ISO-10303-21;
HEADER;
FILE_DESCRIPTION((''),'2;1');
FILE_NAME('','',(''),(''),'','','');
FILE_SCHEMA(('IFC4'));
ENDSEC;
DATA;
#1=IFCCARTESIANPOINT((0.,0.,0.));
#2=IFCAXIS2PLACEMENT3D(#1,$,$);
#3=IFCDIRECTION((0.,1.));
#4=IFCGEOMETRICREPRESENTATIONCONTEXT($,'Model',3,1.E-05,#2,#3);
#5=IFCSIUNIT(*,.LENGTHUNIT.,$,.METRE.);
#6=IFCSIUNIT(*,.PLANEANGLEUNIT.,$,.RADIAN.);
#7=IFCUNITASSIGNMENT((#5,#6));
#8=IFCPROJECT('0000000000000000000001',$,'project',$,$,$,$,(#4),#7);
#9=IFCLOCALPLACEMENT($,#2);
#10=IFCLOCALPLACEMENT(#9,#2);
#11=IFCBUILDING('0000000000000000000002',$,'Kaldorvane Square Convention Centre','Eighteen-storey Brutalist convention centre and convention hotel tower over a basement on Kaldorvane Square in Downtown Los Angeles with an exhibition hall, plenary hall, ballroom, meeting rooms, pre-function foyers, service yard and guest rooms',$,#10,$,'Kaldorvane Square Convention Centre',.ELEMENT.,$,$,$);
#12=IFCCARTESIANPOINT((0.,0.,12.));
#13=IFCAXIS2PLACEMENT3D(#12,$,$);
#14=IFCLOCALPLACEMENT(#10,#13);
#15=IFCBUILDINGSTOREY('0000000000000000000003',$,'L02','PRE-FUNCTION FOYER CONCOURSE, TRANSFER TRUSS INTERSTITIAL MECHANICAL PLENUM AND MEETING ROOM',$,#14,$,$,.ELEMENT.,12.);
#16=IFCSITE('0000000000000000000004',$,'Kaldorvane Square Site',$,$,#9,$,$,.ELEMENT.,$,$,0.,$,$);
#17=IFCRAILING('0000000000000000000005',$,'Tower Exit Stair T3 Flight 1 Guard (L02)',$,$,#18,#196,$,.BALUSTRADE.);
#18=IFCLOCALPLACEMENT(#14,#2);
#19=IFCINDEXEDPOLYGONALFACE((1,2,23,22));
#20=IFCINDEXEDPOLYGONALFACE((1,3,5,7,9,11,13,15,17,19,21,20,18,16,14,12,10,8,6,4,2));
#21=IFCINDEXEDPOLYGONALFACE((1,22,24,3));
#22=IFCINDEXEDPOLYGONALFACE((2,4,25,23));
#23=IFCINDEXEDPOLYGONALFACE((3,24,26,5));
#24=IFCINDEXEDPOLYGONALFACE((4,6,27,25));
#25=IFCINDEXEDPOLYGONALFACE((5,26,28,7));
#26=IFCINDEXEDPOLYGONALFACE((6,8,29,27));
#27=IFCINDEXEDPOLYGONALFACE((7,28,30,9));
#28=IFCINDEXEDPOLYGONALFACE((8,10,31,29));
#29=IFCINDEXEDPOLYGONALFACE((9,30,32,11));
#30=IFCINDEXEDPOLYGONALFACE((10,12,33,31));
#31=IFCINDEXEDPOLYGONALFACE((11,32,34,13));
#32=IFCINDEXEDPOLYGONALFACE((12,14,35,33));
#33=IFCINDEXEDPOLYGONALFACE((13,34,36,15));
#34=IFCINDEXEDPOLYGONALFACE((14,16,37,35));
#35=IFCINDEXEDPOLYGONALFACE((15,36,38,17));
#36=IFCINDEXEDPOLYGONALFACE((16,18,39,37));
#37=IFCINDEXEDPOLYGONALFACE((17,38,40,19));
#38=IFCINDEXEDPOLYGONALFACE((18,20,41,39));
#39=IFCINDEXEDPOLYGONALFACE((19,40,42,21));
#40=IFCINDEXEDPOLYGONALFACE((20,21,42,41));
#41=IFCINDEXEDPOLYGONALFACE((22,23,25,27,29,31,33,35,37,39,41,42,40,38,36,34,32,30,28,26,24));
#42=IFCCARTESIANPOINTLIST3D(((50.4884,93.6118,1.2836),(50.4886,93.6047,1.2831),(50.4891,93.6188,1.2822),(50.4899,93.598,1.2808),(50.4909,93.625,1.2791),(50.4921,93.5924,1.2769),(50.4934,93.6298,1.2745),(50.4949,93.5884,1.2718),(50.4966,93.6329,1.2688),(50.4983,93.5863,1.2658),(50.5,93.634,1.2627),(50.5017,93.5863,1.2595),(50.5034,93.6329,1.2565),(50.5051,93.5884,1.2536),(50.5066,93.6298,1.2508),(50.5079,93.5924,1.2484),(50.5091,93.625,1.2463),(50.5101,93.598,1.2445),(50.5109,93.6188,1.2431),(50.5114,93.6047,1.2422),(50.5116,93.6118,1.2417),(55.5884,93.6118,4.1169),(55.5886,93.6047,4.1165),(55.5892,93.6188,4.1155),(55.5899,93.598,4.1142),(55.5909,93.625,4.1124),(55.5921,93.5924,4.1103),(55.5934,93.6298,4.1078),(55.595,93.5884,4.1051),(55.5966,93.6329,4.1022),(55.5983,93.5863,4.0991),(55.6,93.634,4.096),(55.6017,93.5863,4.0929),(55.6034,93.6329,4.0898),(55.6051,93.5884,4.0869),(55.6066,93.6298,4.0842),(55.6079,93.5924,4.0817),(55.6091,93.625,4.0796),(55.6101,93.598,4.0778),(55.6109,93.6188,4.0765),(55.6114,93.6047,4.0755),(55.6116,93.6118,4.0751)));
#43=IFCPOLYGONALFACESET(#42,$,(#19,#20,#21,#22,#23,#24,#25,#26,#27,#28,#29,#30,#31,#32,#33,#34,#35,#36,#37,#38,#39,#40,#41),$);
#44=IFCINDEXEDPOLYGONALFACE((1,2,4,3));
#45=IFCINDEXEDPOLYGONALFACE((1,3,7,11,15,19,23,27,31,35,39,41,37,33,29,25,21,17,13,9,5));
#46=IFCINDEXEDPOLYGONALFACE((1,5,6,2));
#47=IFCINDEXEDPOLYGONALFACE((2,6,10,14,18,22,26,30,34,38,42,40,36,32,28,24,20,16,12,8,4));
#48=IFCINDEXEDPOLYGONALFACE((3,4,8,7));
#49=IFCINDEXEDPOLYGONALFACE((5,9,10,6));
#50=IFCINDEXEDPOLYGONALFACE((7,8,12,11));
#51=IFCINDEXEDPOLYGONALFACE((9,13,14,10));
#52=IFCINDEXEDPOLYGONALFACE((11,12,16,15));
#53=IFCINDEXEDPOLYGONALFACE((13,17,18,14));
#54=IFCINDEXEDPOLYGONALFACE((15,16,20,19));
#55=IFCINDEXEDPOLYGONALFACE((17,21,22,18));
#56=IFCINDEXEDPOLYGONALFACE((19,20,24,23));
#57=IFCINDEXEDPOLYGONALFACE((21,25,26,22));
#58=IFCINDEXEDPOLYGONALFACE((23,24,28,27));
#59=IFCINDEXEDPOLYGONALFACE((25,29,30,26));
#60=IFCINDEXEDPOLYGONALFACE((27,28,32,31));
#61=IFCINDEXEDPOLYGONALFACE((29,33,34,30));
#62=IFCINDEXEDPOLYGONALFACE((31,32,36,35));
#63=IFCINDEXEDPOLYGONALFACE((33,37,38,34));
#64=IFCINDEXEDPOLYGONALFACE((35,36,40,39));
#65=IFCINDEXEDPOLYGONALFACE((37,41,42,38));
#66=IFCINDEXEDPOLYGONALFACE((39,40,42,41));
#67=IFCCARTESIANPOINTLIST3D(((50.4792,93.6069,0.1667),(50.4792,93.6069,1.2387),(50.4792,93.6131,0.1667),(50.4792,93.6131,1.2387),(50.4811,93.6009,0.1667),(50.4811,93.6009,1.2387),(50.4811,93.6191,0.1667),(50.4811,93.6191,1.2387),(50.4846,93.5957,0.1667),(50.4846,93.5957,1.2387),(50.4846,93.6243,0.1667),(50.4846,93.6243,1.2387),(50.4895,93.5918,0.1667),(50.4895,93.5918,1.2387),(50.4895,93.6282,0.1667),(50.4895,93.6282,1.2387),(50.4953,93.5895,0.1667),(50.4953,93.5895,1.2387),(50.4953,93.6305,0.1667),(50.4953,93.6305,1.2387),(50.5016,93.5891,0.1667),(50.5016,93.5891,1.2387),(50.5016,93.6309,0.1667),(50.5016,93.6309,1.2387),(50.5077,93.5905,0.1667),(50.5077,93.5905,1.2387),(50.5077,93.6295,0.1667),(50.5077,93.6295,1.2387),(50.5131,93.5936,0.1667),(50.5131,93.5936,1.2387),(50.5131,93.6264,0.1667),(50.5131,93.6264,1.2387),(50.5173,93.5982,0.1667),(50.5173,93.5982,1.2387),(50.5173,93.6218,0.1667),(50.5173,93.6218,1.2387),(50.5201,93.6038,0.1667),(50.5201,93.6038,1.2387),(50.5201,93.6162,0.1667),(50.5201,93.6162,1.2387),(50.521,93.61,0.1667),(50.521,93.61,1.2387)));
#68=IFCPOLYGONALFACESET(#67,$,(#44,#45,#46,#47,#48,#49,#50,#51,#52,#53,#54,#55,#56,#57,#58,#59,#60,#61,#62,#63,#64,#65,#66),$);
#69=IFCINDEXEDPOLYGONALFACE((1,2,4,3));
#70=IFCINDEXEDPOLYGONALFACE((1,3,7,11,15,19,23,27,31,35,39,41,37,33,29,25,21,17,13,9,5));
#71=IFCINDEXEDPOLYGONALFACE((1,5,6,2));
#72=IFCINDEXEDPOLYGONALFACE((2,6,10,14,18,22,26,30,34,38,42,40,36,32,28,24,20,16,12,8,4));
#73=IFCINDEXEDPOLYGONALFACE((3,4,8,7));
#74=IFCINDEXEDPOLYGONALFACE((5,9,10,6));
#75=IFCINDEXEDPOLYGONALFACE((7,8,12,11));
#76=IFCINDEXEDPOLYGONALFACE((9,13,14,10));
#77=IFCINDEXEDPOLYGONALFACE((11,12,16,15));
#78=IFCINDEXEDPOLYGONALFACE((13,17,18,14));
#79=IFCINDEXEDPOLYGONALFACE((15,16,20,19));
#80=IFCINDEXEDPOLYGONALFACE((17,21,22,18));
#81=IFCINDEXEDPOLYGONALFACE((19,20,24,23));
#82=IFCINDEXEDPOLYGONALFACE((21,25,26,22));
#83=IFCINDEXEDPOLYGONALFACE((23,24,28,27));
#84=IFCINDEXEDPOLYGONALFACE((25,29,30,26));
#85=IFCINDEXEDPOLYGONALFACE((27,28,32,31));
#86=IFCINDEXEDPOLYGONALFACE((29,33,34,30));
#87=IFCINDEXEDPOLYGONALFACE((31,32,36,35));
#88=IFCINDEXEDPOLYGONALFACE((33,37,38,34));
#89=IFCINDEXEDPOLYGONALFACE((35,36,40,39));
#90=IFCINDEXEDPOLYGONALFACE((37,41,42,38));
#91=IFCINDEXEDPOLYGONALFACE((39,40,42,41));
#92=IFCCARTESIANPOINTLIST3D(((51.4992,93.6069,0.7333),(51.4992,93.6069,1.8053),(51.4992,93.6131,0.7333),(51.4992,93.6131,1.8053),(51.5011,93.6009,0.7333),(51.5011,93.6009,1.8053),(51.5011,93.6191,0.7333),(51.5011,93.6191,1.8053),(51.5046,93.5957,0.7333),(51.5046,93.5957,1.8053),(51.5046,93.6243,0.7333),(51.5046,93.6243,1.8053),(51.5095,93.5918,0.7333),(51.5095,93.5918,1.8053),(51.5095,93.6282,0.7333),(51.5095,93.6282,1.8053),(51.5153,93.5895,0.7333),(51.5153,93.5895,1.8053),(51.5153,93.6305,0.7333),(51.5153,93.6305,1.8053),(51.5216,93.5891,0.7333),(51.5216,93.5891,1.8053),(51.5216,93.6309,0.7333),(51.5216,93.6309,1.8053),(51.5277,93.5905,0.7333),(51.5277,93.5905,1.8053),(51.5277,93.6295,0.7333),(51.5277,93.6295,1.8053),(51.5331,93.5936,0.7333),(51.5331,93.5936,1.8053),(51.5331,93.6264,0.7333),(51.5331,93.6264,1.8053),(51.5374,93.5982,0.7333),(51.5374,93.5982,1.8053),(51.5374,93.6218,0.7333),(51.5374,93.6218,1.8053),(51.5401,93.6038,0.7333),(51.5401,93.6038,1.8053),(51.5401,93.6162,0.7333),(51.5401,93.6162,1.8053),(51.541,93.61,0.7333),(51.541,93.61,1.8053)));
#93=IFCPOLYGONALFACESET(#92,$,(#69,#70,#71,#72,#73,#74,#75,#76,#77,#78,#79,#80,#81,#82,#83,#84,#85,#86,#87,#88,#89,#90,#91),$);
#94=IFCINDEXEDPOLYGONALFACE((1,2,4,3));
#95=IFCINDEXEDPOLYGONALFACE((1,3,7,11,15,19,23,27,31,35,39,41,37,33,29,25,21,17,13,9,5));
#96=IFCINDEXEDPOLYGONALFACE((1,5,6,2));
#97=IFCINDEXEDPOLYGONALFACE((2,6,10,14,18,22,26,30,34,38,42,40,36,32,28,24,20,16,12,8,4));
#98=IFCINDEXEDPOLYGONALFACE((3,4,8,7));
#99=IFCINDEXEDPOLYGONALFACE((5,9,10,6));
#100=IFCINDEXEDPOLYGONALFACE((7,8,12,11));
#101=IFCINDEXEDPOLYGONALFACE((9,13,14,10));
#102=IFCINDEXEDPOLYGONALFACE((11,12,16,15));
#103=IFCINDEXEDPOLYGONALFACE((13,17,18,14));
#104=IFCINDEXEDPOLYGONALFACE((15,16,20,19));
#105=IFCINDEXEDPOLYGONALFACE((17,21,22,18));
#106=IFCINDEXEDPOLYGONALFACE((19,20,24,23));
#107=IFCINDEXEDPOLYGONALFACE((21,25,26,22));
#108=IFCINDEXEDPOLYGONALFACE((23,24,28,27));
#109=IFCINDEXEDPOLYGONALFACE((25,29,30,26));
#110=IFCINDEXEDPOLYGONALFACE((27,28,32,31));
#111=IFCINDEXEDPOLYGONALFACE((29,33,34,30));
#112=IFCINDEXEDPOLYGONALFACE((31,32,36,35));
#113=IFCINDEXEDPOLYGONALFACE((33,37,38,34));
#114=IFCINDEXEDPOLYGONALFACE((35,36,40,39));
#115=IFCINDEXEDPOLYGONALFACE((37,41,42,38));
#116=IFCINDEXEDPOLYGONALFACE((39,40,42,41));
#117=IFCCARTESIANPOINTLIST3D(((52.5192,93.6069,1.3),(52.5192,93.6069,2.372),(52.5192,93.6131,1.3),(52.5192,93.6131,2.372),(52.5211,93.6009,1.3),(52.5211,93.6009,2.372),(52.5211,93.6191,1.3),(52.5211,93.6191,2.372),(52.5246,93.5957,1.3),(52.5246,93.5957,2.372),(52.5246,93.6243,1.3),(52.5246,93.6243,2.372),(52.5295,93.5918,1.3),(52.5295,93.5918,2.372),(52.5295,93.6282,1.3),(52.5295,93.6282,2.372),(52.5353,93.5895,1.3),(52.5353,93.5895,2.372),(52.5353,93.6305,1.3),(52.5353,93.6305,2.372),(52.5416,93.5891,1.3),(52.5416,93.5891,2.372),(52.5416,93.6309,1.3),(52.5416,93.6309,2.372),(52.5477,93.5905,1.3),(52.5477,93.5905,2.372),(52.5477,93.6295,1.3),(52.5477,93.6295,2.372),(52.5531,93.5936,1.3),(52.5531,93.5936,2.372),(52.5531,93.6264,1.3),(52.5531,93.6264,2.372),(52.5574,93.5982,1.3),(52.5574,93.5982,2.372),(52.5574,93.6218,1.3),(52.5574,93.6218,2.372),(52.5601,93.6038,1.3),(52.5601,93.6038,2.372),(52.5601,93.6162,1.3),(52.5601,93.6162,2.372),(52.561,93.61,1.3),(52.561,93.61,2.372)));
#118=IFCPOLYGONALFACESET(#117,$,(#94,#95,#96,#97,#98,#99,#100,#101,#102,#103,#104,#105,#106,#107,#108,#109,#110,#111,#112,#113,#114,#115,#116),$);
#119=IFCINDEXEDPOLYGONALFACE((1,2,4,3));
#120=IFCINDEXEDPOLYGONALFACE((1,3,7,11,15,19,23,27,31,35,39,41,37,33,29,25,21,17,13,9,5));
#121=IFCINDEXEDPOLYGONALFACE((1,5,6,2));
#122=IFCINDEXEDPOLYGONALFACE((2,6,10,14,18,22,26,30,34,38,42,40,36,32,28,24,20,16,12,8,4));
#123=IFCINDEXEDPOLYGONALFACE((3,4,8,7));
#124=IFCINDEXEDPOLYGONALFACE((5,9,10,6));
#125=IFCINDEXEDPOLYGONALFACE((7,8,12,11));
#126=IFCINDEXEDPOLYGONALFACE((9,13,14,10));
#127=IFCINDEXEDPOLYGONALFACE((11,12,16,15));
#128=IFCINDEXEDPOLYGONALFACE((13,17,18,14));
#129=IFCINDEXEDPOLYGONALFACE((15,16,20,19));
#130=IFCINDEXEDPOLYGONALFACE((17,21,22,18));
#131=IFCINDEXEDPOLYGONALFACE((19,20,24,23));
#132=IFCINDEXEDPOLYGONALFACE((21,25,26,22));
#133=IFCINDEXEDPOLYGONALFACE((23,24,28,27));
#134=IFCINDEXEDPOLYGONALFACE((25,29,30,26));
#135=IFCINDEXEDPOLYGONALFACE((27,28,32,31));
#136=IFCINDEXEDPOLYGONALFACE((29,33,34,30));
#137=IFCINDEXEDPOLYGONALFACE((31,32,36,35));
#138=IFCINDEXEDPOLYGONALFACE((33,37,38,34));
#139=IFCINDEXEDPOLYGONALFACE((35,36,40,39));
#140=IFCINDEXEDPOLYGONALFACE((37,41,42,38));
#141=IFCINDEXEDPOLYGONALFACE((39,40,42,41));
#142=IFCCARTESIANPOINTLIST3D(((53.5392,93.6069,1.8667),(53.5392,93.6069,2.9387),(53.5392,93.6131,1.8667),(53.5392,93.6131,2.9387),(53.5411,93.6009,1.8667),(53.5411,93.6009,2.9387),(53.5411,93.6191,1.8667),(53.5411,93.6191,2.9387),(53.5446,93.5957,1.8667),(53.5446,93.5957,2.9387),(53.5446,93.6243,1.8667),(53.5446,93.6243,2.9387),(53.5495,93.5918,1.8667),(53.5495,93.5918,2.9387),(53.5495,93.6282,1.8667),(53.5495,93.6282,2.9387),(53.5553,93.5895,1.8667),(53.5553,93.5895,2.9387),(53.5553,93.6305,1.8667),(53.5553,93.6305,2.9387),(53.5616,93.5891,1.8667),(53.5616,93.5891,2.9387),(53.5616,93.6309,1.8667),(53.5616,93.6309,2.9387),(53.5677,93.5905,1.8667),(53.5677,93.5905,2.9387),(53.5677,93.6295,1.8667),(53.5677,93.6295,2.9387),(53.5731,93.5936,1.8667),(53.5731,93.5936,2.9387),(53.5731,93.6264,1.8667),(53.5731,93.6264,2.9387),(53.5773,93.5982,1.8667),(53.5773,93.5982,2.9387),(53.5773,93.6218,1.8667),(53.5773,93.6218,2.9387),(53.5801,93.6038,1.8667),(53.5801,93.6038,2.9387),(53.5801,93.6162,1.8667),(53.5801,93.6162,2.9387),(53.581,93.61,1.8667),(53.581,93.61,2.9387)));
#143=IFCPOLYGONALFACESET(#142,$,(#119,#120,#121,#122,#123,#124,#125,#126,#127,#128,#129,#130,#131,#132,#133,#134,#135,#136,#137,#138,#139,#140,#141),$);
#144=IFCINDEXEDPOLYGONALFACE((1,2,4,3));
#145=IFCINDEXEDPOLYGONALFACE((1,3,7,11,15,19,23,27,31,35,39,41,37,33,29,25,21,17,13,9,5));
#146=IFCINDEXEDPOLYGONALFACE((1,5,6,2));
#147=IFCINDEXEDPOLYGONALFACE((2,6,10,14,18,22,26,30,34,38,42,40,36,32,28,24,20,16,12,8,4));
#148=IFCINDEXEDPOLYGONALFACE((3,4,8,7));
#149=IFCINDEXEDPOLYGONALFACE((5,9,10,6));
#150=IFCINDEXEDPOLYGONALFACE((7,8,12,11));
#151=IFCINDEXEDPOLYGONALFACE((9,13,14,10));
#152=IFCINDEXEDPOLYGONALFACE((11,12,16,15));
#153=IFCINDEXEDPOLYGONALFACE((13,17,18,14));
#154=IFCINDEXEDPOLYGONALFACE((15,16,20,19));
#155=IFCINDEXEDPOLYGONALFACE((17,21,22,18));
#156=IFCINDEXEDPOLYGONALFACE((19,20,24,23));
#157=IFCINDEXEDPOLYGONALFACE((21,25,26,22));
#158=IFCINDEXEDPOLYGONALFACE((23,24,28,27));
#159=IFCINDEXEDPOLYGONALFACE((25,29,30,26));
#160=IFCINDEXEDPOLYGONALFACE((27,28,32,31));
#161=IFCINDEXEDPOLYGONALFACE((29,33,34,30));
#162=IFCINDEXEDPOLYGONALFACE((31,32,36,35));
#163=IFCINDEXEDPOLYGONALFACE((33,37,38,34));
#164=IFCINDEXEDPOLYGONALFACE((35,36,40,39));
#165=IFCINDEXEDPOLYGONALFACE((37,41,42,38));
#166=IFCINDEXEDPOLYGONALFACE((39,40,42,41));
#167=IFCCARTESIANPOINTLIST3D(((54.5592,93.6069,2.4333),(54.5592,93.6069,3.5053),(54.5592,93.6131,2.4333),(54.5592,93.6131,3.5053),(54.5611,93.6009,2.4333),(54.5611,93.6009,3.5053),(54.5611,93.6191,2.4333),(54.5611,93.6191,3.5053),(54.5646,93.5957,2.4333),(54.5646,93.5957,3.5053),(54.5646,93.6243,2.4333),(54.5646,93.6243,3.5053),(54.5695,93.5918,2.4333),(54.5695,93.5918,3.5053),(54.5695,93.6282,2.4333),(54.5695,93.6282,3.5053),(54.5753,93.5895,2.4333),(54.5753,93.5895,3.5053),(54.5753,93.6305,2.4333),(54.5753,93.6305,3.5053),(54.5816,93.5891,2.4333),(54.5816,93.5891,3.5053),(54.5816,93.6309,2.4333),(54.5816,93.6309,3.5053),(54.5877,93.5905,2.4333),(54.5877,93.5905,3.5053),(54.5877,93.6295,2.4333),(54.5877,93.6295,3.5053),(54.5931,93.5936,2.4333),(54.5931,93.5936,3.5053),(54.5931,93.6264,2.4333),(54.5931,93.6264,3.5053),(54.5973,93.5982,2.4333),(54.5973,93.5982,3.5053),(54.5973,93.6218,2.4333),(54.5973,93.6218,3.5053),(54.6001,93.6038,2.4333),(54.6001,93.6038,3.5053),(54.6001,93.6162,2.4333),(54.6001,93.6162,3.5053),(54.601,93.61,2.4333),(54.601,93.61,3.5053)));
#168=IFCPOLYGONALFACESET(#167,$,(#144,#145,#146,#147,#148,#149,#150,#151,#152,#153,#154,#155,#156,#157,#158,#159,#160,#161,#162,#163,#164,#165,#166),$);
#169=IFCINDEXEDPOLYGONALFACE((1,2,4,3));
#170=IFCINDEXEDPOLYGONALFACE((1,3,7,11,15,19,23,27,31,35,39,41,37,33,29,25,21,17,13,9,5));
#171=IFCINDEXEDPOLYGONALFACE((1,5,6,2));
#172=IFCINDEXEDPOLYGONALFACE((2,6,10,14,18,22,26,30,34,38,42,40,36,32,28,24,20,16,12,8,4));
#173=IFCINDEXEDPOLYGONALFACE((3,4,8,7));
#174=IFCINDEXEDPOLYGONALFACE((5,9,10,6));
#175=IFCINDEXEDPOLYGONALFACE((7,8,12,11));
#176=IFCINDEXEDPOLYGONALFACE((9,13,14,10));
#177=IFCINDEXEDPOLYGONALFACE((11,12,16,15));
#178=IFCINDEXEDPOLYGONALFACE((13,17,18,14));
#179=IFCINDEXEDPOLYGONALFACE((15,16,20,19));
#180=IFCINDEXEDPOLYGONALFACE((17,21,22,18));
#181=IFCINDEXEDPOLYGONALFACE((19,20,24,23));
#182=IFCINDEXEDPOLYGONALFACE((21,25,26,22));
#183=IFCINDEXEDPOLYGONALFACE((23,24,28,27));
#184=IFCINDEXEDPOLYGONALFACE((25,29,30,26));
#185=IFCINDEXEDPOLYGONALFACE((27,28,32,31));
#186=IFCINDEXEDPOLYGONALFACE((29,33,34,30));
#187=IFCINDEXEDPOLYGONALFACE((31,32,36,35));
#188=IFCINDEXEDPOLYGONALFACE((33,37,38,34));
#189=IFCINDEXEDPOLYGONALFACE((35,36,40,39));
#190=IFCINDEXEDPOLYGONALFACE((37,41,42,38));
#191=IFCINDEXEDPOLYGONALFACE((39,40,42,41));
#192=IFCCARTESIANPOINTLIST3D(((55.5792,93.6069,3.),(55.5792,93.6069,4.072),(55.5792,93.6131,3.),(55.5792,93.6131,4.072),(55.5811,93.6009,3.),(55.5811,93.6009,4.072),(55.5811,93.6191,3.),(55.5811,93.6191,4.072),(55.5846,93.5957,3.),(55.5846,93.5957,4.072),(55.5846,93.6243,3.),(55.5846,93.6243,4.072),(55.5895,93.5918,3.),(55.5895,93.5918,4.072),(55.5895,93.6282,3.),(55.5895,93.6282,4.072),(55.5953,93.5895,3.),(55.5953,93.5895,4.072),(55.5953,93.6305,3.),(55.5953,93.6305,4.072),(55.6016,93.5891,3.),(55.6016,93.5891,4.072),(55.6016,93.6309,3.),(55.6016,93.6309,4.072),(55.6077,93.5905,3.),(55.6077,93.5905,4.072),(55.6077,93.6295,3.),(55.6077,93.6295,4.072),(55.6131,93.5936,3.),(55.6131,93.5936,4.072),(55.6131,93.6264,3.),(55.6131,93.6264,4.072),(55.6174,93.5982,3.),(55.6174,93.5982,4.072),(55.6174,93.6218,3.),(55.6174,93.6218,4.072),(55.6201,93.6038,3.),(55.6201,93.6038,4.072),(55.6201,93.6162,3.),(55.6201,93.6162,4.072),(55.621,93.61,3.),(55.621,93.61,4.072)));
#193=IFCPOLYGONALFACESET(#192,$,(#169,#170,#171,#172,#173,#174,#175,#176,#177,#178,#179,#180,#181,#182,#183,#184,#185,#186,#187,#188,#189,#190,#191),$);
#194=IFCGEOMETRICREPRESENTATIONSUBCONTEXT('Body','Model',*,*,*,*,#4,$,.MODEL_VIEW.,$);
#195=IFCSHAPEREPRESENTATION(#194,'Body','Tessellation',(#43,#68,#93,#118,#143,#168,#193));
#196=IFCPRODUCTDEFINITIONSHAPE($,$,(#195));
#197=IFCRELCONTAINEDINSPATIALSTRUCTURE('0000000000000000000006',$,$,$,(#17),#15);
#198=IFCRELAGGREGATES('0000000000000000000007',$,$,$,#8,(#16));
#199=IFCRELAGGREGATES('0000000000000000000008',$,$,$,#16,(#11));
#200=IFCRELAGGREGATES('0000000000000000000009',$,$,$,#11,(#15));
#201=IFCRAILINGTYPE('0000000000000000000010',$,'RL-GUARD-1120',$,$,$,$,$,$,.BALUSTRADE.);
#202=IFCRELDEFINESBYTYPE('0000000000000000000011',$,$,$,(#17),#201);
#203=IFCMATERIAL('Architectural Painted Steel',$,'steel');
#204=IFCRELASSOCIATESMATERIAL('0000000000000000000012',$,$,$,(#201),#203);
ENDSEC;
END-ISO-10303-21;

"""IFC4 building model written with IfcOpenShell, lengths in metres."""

from ifc_helpers import new_model, si_unit, direction, frame, origin, origin_2d, place, context, subcontext, project, spatial, circle, extrude, material, type_object, element, save


model = new_model("IFC4")

# Units and contexts
model_context = context("Model", 3, precision=1e-05, world=origin(), true_north=direction((0.0, 1.0)))
body_context = subcontext(model_context, "Body", "Model", "MODEL_VIEW")
ifc_project = project(units=[si_unit("LENGTHUNIT", "METRE"), si_unit("PLANEANGLEUNIT", "RADIAN")], contexts=[model_context])

# Site, building, storey
site_placement = place(None, origin())
site = spatial("IfcSite", under=ifc_project, at=site_placement, Name="Kaldorvane Square Site", CompositionType="ELEMENT", RefElevation=0.0)
building_placement = place(site_placement, origin())
building = spatial("IfcBuilding", under=site, at=building_placement, Name="Kaldorvane Square Convention Centre", Description="Eighteen-storey Brutalist convention centre and convention hotel tower over a basement on Kaldorvane Square in Downtown Los Angeles with an exhibition hall, plenary hall, ballroom, meeting rooms, pre-function foyers, service yard and guest rooms", LongName="Kaldorvane Square Convention Centre", CompositionType="ELEMENT")
storey_placement = place(building_placement, frame((0.0, 0.0, 12.0)))
storey = spatial("IfcBuildingStorey", under=building, at=storey_placement, Name="L02", Description="PRE-FUNCTION FOYER CONCOURSE, TRANSFER TRUSS INTERSTITIAL MECHANICAL PLENUM AND MEETING ROOM", CompositionType="ELEMENT", Elevation=12.0)

# Railing
ifc_material_1 = material(Name="Architectural Painted Steel", Category="steel")
railing_type_1 = type_object("IfcRailingType", Name="RL-GUARD-1120", PredefinedType="BALUSTRADE", material=ifc_material_1)
railing_1_placement = place(storey_placement, frame((50.5, 93.61, 0.1667)))
element("IfcRailing", 1, at=railing_1_placement, inside=storey, type_object=railing_type_1, Name="Tower Exit Stair T3 Flight 1 Guard (L02)", PredefinedType="BALUSTRADE", context=body_context, shape_type="SweptSolid", body=[
    extrude(circle(Radius=0.024, at=origin_2d()), frame((0.0, 0.0, 1.096), z_axis=(0.874158, 0.0, 0.485642), x_axis=(0.0, 1.0, 0.0)), (0.0, 0.0, 1.0), 5.8342),
    extrude(circle(Radius=0.021, at=origin_2d()), origin(), (0.0, 0.0, 1.0), 1.072),
    extrude(circle(Radius=0.021, at=origin_2d()), frame((1.02, 0.0, 0.5667)), (0.0, 0.0, 1.0), 1.072),
    extrude(circle(Radius=0.021, at=origin_2d()), frame((2.04, 0.0, 1.1333)), (0.0, 0.0, 1.0), 1.072),
    extrude(circle(Radius=0.021, at=origin_2d()), frame((3.06, 0.0, 1.7)), (0.0, 0.0, 1.0), 1.072),
    extrude(circle(Radius=0.021, at=origin_2d()), frame((4.08, 0.0, 2.2667)), (0.0, 0.0, 1.0), 1.072),
    extrude(circle(Radius=0.021, at=origin_2d()), frame((5.1, 0.0, 2.8333)), (0.0, 0.0, 1.0), 1.072),
])

save(model, "model.ifc")
